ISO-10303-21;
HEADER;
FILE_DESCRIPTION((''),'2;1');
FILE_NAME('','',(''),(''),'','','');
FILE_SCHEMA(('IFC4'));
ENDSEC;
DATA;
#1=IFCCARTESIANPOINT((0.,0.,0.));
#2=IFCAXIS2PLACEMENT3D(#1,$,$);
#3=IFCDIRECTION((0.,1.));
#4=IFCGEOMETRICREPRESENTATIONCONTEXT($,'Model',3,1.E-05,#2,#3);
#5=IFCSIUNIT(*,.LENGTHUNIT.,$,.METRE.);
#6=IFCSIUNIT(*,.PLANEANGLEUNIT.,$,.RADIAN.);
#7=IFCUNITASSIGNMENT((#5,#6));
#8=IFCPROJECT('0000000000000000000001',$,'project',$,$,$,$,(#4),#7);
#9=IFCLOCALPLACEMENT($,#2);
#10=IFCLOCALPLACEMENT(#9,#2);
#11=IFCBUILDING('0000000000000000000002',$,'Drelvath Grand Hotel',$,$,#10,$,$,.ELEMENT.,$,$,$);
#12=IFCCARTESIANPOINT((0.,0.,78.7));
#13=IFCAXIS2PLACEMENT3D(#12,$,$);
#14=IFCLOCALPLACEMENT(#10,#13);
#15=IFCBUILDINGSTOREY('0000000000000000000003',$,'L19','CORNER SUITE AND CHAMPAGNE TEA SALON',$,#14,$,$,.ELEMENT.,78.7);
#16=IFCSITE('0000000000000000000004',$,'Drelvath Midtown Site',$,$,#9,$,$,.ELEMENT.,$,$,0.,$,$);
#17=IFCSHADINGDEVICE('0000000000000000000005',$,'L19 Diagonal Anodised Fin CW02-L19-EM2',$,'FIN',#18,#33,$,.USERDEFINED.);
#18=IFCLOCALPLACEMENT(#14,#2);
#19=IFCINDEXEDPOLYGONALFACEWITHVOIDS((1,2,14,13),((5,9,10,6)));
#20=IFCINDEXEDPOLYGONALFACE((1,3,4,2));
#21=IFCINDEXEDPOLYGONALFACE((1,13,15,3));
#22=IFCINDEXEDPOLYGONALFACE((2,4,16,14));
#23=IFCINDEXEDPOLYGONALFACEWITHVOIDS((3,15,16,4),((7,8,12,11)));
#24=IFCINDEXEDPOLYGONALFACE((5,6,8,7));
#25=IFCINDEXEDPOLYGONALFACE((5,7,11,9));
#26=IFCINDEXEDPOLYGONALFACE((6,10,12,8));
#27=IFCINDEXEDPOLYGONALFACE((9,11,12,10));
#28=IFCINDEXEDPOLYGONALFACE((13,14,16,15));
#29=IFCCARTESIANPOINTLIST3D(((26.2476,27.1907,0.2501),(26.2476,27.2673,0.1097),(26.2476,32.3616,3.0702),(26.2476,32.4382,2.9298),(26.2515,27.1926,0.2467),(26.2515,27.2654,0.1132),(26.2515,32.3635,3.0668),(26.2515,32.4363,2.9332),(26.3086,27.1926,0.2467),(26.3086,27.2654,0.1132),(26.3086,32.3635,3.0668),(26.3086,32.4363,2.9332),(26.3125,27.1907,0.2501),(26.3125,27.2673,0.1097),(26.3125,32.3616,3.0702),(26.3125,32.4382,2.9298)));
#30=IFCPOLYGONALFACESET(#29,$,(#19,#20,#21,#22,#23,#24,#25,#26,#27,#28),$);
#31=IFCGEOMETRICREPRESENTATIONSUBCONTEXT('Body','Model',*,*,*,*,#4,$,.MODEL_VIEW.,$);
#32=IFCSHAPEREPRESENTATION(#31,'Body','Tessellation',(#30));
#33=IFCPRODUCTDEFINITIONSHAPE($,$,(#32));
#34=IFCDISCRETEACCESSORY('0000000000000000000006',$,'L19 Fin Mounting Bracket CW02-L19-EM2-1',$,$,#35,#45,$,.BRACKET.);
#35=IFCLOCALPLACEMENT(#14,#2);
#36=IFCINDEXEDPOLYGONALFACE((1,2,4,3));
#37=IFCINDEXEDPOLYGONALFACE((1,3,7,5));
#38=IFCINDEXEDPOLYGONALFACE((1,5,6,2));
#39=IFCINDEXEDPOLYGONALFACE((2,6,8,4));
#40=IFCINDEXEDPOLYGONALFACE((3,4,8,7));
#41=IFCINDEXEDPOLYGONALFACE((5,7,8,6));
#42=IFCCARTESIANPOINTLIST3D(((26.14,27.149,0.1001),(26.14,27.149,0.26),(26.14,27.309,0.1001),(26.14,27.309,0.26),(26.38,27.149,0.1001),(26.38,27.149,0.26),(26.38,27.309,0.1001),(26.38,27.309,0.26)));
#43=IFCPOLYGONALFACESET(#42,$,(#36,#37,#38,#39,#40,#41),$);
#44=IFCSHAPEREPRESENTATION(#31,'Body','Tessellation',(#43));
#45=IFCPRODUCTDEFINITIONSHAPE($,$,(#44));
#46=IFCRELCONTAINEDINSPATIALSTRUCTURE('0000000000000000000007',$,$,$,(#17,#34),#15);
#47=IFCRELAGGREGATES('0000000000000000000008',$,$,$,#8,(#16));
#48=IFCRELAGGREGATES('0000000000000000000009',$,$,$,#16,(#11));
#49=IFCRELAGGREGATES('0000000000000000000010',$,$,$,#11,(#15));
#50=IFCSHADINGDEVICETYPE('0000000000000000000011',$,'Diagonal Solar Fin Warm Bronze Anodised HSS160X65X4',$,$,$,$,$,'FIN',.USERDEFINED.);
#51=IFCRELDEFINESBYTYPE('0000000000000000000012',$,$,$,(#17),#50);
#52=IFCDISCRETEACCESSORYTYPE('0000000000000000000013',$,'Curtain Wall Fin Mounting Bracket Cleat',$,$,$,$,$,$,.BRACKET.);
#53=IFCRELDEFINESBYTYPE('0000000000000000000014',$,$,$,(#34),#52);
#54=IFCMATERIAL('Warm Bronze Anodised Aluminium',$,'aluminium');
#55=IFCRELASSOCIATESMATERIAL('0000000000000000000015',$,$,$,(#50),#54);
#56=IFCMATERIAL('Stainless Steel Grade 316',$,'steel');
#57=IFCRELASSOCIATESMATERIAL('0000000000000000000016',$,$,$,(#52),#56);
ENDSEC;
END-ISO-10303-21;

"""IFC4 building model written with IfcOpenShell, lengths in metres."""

from ifc_helpers import new_model, si_unit, direction, frame, origin, origin_2d, place, context, subcontext, project, spatial, rectangle, hollow_rectangle, extrude, material, material_profile, profile_set, type_object, element, save


model = new_model("IFC4")

# Units and contexts
model_context = context("Model", 3, precision=1e-05, world=origin(), true_north=direction((0.0, 1.0)))
body_context = subcontext(model_context, "Body", "Model", "MODEL_VIEW")
ifc_project = project(units=[si_unit("LENGTHUNIT", "METRE"), si_unit("PLANEANGLEUNIT", "RADIAN")], contexts=[model_context])

# Site, building, storey
site_placement = place(None, origin())
site = spatial("IfcSite", under=ifc_project, at=site_placement, Name="Drelvath Midtown Site", CompositionType="ELEMENT", RefElevation=0.0)
building_placement = place(site_placement, origin())
building = spatial("IfcBuilding", under=site, at=building_placement, Name="Drelvath Grand Hotel", CompositionType="ELEMENT")
storey_placement = place(building_placement, frame((0.0, 0.0, 78.7)))
storey = spatial("IfcBuildingStorey", under=building, at=storey_placement, Name="L19", Description="CORNER SUITE AND CHAMPAGNE TEA SALON", CompositionType="ELEMENT", Elevation=78.7)

# Shading device
ifc_material_1 = material(Name="Warm Bronze Anodised Aluminium", Category="aluminium")
ifc_material_profile_1 = material_profile(ifc_material_1, hollow_rectangle(XDim=0.0649, YDim=0.1599, WallThickness=0.0039, at=origin_2d()), Name="HSS160X65X4")
ifc_profile_set_1 = profile_set([ifc_material_profile_1], Name="Warm Bronze Anodised Aluminium")
shading_device_type = type_object("IfcShadingDeviceType", Name="Diagonal Solar Fin Warm Bronze Anodised HSS160X65X4", ElementType="FIN", PredefinedType="USERDEFINED", material=ifc_profile_set_1)
shading_device_placement = place(storey_placement, frame((26.28, 27.229, 0.1799), z_axis=(0.0, 0.877926, 0.478797), x_axis=(-1.0, 0.0, 0.0)))
element("IfcShadingDevice", 1, at=shading_device_placement, inside=storey, type_object=shading_device_type, Name="L19 Diagonal Anodised Fin CW02-L19-EM2", ObjectType="FIN", PredefinedType="USERDEFINED", context=body_context, shape_type="SweptSolid", body=[
    extrude(hollow_rectangle(XDim=0.0649, YDim=0.1599, WallThickness=0.0039, at=origin_2d()), origin(), (0.0, 0.0, 1.0), 5.8899),
])

# Discrete accessory
ifc_material_2 = material(Name="Stainless Steel Grade 316", Category="steel")
discrete_accessory_type = type_object("IfcDiscreteAccessoryType", Name="Curtain Wall Fin Mounting Bracket Cleat", PredefinedType="BRACKET", material=ifc_material_2)
discrete_accessory_placement = place(storey_placement, frame((26.26, 27.229, 0.1001), z_axis=(0.0, 0.0, 1.0), x_axis=(0.0, -1.0, 0.0)))
element("IfcDiscreteAccessory", 2, at=discrete_accessory_placement, inside=storey, type_object=discrete_accessory_type, Name="L19 Fin Mounting Bracket CW02-L19-EM2-1", PredefinedType="BRACKET", context=body_context, shape_type="SweptSolid", body=[
    extrude(rectangle(XDim=0.1599, YDim=0.24, at=origin_2d()), origin(), (0.0, 0.0, 1.0), 0.1599),
])

save(model, "model.ifc")
